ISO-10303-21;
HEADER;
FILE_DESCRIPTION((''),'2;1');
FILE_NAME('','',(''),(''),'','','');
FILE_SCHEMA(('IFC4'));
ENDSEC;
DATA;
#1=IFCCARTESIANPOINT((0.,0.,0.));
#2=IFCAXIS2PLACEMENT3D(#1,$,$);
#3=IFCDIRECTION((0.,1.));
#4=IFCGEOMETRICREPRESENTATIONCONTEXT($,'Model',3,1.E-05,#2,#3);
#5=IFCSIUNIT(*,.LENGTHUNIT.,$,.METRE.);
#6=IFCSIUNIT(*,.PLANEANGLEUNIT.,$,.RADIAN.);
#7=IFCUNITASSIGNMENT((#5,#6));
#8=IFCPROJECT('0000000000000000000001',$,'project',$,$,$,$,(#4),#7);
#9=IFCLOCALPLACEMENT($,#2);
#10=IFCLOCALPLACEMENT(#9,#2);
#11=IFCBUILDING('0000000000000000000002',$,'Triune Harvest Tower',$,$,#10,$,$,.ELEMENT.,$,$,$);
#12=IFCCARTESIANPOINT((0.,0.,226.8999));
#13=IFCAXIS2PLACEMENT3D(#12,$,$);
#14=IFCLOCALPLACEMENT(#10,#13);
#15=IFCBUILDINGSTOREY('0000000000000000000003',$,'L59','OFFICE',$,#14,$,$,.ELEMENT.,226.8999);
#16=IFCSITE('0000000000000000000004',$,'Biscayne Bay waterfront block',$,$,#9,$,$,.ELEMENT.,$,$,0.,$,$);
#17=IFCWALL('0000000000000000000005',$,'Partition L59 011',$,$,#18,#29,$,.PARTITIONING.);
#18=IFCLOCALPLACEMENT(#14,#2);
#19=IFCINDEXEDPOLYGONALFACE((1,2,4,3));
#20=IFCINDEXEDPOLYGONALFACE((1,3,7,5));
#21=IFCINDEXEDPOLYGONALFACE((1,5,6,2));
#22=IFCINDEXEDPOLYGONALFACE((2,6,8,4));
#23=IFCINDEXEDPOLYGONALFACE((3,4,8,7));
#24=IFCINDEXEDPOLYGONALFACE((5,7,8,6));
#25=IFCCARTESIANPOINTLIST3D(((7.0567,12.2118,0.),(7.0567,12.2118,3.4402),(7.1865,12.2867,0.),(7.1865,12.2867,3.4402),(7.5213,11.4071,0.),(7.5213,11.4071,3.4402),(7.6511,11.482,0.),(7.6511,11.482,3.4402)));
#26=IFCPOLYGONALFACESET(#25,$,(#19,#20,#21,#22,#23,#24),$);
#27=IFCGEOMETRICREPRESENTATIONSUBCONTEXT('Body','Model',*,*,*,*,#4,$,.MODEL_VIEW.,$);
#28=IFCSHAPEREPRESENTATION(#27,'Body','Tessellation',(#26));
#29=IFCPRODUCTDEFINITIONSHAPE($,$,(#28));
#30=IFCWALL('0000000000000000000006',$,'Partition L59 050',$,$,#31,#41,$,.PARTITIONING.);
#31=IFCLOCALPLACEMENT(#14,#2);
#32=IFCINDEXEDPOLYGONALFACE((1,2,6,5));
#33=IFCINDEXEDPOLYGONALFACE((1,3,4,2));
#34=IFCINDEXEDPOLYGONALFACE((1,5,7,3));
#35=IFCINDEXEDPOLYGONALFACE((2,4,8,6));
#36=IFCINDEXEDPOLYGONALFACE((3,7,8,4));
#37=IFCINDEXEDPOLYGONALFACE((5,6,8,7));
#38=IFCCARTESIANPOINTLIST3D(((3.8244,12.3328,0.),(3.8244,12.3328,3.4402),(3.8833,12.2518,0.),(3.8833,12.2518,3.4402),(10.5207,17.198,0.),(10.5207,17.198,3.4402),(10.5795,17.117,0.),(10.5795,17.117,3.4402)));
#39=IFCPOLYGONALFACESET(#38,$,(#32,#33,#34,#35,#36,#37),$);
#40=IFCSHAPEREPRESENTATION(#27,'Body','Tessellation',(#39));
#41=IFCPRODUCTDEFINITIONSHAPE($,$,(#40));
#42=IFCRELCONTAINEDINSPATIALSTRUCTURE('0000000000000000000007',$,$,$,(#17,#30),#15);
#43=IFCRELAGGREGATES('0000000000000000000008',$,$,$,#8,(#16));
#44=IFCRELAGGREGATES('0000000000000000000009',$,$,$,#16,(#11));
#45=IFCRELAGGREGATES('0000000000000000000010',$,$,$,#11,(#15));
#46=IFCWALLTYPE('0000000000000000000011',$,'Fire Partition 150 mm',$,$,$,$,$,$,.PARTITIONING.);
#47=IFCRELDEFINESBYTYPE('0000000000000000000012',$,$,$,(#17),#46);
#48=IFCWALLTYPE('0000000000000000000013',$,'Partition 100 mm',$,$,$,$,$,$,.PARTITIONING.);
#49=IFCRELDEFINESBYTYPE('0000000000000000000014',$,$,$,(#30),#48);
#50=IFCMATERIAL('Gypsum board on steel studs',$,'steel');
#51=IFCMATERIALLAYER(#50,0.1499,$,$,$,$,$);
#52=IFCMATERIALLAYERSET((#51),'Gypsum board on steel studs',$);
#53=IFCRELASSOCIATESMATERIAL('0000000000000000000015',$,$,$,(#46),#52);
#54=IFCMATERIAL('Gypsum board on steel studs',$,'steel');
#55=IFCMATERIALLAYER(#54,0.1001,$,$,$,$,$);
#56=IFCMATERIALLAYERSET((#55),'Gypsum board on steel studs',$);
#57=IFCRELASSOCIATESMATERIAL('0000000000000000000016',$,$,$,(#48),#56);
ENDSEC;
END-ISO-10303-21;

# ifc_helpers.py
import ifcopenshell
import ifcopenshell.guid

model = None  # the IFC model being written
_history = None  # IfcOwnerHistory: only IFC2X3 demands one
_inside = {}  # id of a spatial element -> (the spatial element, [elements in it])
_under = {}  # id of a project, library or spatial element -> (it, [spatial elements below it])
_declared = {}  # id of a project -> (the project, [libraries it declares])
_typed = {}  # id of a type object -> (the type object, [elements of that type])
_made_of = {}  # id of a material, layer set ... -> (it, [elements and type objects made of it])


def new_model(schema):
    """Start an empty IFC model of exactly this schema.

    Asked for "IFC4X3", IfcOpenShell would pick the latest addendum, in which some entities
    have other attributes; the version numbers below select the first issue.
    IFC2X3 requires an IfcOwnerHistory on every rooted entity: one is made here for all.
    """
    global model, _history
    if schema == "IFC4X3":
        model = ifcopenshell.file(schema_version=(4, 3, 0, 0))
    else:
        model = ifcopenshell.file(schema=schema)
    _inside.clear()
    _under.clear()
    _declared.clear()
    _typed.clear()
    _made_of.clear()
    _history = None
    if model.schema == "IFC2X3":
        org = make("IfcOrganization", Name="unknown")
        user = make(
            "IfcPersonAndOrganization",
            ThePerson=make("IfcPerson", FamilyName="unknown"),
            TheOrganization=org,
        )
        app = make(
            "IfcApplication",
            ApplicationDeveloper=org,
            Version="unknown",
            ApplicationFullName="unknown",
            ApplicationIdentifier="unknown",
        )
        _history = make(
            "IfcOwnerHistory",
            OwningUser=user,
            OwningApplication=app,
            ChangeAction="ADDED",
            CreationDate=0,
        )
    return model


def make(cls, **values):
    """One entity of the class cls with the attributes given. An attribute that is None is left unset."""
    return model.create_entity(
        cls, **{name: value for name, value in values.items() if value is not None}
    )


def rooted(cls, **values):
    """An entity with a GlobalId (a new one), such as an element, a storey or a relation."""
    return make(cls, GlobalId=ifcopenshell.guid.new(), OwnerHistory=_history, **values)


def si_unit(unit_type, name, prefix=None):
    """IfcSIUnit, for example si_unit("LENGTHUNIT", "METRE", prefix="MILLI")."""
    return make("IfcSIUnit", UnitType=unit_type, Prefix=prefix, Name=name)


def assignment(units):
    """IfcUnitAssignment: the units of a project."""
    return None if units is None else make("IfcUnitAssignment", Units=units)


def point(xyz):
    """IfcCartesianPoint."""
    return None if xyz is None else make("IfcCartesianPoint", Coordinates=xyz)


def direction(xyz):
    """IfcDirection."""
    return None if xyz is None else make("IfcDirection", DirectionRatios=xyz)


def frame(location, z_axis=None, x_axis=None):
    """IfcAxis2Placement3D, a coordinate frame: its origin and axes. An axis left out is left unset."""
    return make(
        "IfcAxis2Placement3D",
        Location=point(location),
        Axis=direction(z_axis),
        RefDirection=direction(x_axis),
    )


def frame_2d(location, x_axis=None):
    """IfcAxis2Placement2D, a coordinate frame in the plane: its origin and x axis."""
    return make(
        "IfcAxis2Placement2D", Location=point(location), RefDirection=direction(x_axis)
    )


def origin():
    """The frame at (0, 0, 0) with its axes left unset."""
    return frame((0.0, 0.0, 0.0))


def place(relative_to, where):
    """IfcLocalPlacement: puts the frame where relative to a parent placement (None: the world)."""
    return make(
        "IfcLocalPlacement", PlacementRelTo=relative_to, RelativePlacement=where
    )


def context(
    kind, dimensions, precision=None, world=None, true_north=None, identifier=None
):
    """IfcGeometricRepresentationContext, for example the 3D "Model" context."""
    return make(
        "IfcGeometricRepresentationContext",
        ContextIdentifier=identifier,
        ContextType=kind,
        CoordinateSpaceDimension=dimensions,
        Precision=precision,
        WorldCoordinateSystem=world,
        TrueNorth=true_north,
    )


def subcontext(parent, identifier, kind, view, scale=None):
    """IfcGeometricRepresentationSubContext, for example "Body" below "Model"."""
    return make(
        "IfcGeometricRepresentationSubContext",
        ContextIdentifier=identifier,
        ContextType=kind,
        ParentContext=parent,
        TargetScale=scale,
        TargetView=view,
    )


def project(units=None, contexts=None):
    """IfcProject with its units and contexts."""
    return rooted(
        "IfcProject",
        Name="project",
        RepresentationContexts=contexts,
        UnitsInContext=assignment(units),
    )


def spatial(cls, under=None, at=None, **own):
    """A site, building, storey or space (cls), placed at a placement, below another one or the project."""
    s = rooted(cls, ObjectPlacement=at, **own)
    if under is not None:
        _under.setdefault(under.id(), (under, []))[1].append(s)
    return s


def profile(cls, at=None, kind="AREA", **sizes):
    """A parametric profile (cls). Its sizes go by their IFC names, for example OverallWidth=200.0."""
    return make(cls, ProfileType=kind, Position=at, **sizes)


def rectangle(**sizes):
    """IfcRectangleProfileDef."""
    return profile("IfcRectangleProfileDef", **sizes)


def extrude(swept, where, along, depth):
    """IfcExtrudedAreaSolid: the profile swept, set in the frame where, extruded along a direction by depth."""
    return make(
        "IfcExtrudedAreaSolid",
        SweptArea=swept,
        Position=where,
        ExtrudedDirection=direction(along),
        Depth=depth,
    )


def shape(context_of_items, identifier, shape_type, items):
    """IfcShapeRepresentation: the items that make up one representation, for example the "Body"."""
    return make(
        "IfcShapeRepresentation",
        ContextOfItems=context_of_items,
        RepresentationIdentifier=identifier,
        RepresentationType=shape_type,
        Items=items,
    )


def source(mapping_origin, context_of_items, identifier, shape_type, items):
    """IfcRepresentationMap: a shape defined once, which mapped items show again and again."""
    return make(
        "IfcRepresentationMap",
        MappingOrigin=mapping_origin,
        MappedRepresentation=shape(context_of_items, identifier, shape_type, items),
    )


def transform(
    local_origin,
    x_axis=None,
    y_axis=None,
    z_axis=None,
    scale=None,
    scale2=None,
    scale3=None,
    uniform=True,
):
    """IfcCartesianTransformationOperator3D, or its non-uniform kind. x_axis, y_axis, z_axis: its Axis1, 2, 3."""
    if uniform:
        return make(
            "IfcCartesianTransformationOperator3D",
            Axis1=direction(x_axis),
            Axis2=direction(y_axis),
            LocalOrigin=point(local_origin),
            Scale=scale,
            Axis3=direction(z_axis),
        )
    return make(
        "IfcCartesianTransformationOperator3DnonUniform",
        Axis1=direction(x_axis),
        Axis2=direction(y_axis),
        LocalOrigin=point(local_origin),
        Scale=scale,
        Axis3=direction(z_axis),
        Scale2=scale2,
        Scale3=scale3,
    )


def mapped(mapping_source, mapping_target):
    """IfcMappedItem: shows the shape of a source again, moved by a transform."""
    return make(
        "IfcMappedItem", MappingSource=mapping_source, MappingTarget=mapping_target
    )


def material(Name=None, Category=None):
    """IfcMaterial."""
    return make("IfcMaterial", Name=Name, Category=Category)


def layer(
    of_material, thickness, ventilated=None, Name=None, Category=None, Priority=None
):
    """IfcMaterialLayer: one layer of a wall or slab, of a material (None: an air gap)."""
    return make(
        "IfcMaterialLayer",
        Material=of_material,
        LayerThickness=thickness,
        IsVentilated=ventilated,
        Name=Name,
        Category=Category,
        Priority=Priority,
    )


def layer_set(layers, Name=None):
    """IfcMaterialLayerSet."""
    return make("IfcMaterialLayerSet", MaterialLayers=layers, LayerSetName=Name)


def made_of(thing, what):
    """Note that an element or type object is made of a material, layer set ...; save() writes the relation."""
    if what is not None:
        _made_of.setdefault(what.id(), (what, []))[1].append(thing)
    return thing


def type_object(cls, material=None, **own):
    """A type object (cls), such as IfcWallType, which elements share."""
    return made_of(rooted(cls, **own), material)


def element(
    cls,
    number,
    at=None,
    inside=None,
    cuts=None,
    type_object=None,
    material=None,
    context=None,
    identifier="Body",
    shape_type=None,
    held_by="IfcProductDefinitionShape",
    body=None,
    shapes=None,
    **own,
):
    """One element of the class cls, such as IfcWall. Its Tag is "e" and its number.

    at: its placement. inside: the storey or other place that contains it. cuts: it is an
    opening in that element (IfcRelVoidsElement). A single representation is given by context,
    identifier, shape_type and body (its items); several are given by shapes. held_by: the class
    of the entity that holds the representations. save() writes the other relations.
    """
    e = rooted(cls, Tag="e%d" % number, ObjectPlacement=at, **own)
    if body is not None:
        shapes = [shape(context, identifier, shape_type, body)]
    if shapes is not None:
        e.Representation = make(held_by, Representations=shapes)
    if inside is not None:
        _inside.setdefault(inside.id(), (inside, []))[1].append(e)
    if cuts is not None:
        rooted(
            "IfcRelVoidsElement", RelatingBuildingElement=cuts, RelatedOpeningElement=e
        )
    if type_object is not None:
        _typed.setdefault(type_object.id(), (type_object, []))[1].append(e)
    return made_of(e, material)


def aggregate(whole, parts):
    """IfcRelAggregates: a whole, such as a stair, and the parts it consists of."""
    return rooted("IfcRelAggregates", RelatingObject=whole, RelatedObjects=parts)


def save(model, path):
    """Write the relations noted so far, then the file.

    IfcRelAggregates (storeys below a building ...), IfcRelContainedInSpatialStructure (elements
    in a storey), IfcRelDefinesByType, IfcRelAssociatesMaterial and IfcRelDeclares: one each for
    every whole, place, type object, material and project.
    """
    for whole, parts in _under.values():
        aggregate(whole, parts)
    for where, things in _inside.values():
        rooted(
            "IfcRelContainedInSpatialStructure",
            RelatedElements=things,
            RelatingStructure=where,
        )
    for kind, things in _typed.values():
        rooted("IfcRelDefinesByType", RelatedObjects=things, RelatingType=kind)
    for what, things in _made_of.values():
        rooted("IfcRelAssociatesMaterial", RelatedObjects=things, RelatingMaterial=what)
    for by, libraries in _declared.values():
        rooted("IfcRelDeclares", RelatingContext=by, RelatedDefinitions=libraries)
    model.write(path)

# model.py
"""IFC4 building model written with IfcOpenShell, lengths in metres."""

from ifc_helpers import new_model, si_unit, direction, frame, frame_2d, origin, place, context, subcontext, project, spatial, rectangle, extrude, source, transform, mapped, material, layer, layer_set, type_object, element, save


model = new_model("IFC4")

# Units and contexts
model_context = context("Model", 3, precision=1e-05, world=origin(), true_north=direction((0.0, 1.0)))
body_context = subcontext(model_context, "Body", "Model", "MODEL_VIEW")
ifc_project = project(units=[si_unit("LENGTHUNIT", "METRE"), si_unit("PLANEANGLEUNIT", "RADIAN")], contexts=[model_context])

# Site, building, storey
site_placement = place(None, origin())
site = spatial("IfcSite", under=ifc_project, at=site_placement, Name="Biscayne Bay waterfront block", CompositionType="ELEMENT", RefElevation=0.0)
building_placement = place(site_placement, origin())
building = spatial("IfcBuilding", under=site, at=building_placement, Name="Triune Harvest Tower", CompositionType="ELEMENT")
storey_placement = place(building_placement, frame((0.0, 0.0, 226.8999)))
storey = spatial("IfcBuildingStorey", under=building, at=storey_placement, Name="L59", Description="OFFICE", CompositionType="ELEMENT", Elevation=226.8999)

# Shared definitions
ifc_material_1 = material(Name="Gypsum board on steel studs", Category="steel")
ifc_layer_1 = layer(ifc_material_1, 0.1499)
ifc_layer_set_1 = layer_set([ifc_layer_1], Name="Gypsum board on steel studs")
wall_type_1 = type_object("IfcWallType", Name="Fire Partition 150 mm", PredefinedType="PARTITIONING", material=ifc_layer_set_1)

# Walls
ifc_material_2 = material(Name="Gypsum board on steel studs", Category="steel")
ifc_layer_2 = layer(ifc_material_2, 0.1001)
ifc_layer_set_2 = layer_set([ifc_layer_2], Name="Gypsum board on steel studs")
wall_type_2 = type_object("IfcWallType", Name="Partition 100 mm", PredefinedType="PARTITIONING", material=ifc_layer_set_2)
shared_shape_1 = source(origin(), body_context, "Body", "SweptSolid", [
    extrude(rectangle(XDim=0.9292, YDim=0.1499, at=frame_2d((0.4646, 0.0))), origin(), (0.0, 0.0, 1.0), 3.4402),
])
wall_1_placement = place(storey_placement, frame((7.1216, 12.2493, 0.0), z_axis=(0.0, 0.0, 1.0), x_axis=(0.500011, -0.866019, 0.0)))
element("IfcWall", 1, at=wall_1_placement, inside=storey, type_object=wall_type_1, Name="Partition L59 011", PredefinedType="PARTITIONING", context=body_context, shape_type="MappedRepresentation", body=[
    mapped(shared_shape_1, transform((0.0, 0.0, 0.0), scale=1.0)),
])
shared_shape_2 = source(origin(), body_context, "Body", "SweptSolid", [
    extrude(rectangle(XDim=8.2771, YDim=0.1001, at=frame_2d((4.1387, 0.0))), origin(), (0.0, 0.0, 1.0), 3.4402),
])
wall_2_placement = place(storey_placement, frame((3.8538, 12.2922, 0.0), z_axis=(0.0, 0.0, 1.0), x_axis=(0.809012, 0.587793, 0.0)))
element("IfcWall", 2, at=wall_2_placement, inside=storey, type_object=wall_type_2, Name="Partition L59 050", PredefinedType="PARTITIONING", context=body_context, shape_type="MappedRepresentation", body=[
    mapped(shared_shape_2, transform((0.0, 0.0, 0.0), scale=1.0)),
])

save(model, "model.ifc")
